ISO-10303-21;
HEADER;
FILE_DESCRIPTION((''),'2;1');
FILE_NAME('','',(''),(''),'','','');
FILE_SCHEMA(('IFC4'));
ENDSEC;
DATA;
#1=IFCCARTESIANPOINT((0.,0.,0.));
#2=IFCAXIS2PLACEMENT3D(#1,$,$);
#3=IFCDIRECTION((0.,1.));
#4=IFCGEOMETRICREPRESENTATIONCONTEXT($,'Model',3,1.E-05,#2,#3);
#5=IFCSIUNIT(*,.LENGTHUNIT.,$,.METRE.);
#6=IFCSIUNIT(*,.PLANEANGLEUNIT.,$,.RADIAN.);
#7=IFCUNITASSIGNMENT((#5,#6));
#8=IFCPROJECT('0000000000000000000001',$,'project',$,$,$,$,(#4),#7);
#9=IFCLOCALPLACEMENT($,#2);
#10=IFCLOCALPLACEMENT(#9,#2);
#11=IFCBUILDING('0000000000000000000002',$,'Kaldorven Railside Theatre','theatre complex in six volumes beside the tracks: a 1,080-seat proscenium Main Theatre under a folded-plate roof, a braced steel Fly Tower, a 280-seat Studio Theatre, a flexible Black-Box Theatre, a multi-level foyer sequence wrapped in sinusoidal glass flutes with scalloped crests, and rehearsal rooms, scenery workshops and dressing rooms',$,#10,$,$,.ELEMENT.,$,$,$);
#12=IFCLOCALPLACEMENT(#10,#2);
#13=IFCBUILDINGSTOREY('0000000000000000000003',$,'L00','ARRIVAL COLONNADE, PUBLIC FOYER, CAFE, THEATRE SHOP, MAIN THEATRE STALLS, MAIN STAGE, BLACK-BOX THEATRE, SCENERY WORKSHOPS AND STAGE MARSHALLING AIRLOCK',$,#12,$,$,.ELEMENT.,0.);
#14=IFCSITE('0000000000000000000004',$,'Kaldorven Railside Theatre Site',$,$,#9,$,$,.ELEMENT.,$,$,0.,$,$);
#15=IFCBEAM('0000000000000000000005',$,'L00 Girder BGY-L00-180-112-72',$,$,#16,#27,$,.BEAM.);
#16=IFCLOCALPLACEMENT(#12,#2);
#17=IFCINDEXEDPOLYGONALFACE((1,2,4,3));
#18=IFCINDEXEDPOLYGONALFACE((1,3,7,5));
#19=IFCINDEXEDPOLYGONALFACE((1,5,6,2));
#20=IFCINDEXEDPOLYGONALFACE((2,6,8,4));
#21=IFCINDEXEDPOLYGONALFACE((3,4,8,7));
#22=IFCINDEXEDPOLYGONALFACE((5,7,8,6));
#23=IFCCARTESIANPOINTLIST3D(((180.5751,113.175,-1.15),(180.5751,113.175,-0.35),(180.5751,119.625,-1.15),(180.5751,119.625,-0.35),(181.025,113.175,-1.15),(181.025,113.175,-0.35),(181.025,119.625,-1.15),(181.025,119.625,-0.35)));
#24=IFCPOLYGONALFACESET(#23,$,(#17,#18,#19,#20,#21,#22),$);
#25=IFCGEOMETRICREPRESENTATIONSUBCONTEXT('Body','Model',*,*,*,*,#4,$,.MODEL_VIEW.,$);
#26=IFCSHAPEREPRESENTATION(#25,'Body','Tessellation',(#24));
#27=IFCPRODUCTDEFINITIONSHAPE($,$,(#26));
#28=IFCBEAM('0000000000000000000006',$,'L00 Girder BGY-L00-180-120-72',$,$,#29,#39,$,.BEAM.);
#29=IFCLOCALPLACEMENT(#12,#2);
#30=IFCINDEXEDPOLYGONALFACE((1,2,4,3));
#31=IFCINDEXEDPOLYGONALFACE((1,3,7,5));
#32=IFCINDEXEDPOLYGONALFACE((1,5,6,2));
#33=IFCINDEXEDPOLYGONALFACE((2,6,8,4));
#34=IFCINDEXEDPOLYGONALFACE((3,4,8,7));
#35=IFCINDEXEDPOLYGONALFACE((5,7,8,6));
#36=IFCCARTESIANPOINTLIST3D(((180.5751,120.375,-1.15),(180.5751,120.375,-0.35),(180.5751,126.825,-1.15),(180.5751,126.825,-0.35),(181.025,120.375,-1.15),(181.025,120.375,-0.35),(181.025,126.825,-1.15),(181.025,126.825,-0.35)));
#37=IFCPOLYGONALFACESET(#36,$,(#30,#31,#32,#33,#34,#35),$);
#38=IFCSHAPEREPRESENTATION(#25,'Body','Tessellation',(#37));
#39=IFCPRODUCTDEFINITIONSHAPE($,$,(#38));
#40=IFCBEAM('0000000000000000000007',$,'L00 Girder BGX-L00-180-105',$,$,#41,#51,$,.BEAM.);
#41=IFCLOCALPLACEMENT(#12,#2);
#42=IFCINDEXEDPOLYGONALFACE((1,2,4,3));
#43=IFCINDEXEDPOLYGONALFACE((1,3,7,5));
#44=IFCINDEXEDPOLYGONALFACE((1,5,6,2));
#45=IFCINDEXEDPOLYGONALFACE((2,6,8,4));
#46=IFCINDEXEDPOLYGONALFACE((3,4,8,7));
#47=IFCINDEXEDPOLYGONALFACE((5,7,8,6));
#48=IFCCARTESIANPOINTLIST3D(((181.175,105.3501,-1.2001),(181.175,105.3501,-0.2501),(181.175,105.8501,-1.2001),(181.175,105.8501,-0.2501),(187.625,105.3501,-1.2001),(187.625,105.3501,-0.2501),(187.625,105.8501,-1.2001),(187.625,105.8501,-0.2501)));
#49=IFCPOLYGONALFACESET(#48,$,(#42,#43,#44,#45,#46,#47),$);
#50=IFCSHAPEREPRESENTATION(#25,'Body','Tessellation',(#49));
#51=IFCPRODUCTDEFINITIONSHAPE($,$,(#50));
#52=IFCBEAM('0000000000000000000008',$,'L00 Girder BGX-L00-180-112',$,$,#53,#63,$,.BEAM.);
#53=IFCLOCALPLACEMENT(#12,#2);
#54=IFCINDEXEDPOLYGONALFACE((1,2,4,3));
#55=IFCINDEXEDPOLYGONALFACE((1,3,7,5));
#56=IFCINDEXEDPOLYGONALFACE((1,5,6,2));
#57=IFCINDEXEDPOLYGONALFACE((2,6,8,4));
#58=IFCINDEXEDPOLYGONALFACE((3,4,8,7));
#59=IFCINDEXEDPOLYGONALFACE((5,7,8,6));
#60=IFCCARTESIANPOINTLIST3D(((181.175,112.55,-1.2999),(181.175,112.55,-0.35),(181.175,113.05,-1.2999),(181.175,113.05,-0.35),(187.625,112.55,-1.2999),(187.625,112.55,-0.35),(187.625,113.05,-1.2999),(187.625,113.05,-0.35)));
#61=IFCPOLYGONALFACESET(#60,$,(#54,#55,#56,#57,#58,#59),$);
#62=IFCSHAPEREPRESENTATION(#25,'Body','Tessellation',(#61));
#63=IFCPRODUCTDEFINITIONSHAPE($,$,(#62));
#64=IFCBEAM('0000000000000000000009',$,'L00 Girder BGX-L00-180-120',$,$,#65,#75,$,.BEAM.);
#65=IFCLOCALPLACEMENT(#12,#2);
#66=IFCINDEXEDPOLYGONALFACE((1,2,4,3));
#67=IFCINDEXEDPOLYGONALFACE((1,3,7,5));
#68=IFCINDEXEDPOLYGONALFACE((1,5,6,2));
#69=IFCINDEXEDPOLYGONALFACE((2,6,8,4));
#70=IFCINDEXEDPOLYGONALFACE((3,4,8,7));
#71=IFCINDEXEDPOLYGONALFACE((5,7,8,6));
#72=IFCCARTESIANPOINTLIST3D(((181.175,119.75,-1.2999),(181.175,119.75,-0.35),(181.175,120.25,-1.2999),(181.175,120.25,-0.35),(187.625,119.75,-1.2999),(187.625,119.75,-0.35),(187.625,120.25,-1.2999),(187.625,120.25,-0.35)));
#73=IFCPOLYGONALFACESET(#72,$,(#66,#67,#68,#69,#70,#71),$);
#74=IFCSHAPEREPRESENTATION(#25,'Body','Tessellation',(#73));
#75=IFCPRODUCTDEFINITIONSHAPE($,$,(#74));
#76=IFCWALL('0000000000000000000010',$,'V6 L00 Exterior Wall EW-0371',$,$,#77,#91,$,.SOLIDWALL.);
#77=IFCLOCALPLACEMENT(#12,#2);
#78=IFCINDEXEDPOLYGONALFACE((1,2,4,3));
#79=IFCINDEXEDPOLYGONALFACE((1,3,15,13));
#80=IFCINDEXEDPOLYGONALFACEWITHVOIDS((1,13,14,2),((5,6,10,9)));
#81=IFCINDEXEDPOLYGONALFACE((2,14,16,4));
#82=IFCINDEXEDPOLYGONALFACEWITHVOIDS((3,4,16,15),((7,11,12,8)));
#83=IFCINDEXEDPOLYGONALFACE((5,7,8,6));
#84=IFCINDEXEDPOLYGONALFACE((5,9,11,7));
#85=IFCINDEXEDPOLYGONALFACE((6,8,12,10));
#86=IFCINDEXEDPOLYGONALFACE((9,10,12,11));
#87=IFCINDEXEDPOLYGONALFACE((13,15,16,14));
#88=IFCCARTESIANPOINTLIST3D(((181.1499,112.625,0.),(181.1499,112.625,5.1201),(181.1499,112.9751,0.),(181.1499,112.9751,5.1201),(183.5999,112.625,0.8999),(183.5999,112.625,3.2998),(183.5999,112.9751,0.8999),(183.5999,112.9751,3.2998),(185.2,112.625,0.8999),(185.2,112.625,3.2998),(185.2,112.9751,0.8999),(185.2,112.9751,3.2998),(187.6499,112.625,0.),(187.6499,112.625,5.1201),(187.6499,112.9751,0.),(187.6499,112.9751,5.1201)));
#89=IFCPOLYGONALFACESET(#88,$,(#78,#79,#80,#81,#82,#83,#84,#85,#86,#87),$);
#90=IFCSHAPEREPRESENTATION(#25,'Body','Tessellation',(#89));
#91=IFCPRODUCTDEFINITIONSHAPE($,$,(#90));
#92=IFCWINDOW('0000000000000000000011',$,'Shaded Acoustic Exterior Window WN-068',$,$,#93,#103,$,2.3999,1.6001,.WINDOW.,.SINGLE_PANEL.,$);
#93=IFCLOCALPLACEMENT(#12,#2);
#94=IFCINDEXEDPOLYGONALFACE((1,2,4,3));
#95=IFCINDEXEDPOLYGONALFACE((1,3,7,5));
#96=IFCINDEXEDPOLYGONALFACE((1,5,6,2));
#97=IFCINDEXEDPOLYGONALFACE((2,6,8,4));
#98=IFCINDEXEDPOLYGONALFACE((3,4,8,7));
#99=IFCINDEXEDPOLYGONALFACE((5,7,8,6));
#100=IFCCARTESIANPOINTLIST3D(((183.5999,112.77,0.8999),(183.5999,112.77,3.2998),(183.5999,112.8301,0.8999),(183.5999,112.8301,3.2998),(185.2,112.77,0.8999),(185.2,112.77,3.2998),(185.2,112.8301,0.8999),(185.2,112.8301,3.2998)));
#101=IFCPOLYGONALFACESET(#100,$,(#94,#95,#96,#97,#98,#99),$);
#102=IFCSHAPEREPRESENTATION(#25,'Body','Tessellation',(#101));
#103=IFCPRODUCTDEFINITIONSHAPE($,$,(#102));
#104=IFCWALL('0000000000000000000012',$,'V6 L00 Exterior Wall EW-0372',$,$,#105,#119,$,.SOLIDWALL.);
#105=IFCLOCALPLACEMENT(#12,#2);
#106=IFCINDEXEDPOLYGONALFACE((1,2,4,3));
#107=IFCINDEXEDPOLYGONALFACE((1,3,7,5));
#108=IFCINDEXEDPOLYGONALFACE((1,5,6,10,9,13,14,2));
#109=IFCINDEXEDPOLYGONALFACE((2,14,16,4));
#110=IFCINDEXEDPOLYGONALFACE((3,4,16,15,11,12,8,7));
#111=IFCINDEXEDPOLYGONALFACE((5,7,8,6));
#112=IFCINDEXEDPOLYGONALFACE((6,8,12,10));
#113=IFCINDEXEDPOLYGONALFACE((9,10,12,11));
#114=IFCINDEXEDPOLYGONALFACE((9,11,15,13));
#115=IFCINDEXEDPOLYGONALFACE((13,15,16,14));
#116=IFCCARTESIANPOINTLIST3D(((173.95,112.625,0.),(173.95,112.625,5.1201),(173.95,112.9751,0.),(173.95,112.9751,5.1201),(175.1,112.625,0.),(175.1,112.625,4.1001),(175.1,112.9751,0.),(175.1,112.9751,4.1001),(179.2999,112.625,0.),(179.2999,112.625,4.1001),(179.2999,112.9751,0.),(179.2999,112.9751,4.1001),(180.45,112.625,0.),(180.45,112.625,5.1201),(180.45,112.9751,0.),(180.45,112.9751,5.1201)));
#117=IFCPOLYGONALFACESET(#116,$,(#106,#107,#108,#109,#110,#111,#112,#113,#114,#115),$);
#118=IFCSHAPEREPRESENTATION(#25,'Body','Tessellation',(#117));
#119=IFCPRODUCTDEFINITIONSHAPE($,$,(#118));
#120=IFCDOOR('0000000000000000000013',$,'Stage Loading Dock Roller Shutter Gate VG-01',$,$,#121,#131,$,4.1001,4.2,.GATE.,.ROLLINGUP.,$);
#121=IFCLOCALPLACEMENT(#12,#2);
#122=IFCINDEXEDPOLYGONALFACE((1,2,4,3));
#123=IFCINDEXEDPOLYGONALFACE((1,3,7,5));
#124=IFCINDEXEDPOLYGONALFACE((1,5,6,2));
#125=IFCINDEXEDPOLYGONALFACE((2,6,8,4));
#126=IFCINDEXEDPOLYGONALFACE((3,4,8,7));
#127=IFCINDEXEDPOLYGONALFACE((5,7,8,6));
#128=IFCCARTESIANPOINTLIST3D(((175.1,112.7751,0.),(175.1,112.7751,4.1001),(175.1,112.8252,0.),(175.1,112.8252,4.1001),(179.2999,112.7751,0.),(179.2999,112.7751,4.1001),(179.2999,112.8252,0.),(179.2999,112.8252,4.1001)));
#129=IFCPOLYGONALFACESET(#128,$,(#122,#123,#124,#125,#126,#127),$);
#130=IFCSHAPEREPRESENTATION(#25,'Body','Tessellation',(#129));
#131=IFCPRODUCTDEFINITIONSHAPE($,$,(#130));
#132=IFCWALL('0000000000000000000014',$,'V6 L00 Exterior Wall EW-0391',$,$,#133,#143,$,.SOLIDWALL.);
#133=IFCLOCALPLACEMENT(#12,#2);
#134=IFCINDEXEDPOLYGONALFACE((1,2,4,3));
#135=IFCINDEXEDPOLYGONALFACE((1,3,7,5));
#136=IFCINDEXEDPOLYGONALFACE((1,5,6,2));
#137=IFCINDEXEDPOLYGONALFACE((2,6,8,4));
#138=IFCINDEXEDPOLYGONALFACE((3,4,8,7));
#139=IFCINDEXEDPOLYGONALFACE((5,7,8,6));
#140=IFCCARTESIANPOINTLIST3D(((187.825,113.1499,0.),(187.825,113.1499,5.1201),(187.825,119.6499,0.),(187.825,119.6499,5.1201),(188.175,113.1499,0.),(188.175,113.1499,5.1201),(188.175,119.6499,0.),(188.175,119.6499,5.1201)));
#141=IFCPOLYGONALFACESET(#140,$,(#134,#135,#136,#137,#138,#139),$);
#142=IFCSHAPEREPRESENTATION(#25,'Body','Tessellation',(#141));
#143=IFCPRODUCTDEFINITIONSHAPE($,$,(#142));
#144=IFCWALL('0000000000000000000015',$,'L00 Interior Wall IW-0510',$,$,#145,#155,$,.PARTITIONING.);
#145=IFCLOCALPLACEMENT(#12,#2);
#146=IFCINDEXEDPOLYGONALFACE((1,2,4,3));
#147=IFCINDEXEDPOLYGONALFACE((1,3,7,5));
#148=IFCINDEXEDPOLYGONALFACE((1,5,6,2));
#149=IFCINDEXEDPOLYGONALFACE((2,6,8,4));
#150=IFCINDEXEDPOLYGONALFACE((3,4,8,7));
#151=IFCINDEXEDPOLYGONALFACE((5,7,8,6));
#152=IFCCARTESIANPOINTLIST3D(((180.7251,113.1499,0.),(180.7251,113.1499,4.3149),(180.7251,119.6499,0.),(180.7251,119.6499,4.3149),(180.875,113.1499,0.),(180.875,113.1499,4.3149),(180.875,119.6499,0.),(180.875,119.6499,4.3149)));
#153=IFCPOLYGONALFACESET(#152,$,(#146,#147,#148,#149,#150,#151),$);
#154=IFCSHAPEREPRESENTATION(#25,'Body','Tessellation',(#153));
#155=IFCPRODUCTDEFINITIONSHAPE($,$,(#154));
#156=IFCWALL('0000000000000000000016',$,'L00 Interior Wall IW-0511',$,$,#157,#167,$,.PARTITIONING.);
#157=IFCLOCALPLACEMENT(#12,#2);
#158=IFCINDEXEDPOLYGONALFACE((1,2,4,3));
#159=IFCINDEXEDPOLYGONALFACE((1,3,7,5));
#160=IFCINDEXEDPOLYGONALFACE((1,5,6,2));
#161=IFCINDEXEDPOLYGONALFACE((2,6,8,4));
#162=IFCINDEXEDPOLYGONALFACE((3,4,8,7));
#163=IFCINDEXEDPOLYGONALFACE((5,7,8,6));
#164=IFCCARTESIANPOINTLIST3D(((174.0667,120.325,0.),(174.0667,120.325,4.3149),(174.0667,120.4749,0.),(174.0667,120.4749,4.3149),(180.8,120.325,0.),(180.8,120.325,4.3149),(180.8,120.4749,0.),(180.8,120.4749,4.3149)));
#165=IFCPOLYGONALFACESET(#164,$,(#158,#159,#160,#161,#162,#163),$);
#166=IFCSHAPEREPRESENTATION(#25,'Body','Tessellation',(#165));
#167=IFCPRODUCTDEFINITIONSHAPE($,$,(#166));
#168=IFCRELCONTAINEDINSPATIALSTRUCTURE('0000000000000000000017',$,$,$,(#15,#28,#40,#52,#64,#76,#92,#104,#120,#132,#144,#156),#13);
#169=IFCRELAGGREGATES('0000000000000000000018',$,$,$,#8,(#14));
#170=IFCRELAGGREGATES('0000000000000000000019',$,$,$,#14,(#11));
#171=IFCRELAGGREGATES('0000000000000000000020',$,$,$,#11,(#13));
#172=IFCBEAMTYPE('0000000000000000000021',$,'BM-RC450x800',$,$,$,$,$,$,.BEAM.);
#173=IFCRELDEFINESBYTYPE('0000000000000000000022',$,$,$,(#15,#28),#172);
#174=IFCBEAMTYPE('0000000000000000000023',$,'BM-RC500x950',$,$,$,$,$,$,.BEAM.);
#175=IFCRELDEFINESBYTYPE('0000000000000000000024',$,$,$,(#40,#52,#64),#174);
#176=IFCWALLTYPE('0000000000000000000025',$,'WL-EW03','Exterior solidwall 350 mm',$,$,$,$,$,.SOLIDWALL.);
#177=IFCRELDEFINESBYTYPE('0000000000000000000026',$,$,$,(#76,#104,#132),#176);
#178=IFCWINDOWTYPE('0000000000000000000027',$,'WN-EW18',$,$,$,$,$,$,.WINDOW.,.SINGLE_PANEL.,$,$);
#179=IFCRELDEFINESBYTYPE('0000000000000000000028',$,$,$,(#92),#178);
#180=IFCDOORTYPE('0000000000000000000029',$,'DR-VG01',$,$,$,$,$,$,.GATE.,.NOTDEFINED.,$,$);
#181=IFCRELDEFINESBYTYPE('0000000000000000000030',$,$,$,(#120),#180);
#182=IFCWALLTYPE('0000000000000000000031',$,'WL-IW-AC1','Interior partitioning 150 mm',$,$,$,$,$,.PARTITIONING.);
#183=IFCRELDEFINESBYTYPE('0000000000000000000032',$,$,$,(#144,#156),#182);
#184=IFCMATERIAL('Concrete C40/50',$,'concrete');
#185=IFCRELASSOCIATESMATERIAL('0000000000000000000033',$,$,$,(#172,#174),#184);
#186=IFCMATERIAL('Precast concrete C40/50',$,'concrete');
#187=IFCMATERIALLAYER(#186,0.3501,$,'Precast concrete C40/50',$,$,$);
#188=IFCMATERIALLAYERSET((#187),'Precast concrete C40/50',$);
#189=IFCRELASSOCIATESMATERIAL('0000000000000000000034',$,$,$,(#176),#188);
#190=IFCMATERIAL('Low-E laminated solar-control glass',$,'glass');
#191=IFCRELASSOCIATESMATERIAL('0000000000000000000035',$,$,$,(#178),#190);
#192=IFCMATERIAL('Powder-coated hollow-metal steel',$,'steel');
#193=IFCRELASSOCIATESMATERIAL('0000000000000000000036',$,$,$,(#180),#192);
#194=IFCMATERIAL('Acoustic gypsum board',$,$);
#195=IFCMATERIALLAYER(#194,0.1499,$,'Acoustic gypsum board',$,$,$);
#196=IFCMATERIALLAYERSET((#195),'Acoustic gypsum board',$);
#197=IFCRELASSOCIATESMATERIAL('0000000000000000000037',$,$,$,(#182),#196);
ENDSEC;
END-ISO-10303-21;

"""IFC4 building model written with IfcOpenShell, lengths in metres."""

from ifc_helpers import new_model, si_unit, direction, frame, frame_2d, origin, origin_2d, place, context, subcontext, project, spatial, rectangle, extrude, material, layer, layer_set, material_profile, profile_set, type_object, element, fill, save


model = new_model("IFC4")

# Units and contexts
model_context = context("Model", 3, precision=1e-05, world=origin(), true_north=direction((0.0, 1.0)))
body_context = subcontext(model_context, "Body", "Model", "MODEL_VIEW")
ifc_project = project(units=[si_unit("LENGTHUNIT", "METRE"), si_unit("PLANEANGLEUNIT", "RADIAN")], contexts=[model_context])

# Site, building, storey
site_placement = place(None, origin())
site = spatial("IfcSite", under=ifc_project, at=site_placement, Name="Kaldorven Railside Theatre Site", CompositionType="ELEMENT", RefElevation=0.0)
building_placement = place(site_placement, origin())
building = spatial("IfcBuilding", under=site, at=building_placement, Name="Kaldorven Railside Theatre", Description="theatre complex in six volumes beside the tracks: a 1,080-seat proscenium Main Theatre under a folded-plate roof, a braced steel Fly Tower, a 280-seat Studio Theatre, a flexible Black-Box Theatre, a multi-level foyer sequence wrapped in sinusoidal glass flutes with scalloped crests, and rehearsal rooms, scenery workshops and dressing rooms", CompositionType="ELEMENT")
storey_placement = place(building_placement, origin())
storey = spatial("IfcBuildingStorey", under=building, at=storey_placement, Name="L00", Description="ARRIVAL COLONNADE, PUBLIC FOYER, CAFE, THEATRE SHOP, MAIN THEATRE STALLS, MAIN STAGE, BLACK-BOX THEATRE, SCENERY WORKSHOPS AND STAGE MARSHALLING AIRLOCK", CompositionType="ELEMENT", Elevation=0.0)

# Shared definitions
ifc_material_1 = material(Name="Concrete C40/50", Category="concrete")

# Beams
ifc_material_profile_1 = material_profile(ifc_material_1, rectangle(XDim=0.45, YDim=0.8, at=origin_2d()), Name="RC 450x800")
ifc_profile_set_1 = profile_set([ifc_material_profile_1], Name="Concrete C40/50")
beam_type_1 = type_object("IfcBeamType", Name="BM-RC450x800", PredefinedType="BEAM", material=ifc_profile_set_1)
for number, where, z_axis, x_axis, name in (
    (1, (180.8, 113.175, -0.75), (0.0, 1.0, 0.0), (-1.0, 0.0, 0.0), "L00 Girder BGY-L00-180-112-72"),
    (2, (180.8, 120.375, -0.75), (0.0, 1.0, 0.0), (-1.0, 0.0, 0.0), "L00 Girder BGY-L00-180-120-72"),
):
    element("IfcBeam", number, at=place(storey_placement, frame(where, z_axis=z_axis, x_axis=x_axis)), inside=storey, type_object=beam_type_1, Name=name, PredefinedType="BEAM", context=body_context, shape_type="SweptSolid", body=[
        extrude(rectangle(XDim=0.45, YDim=0.8, at=origin_2d()), origin(), (0.0, 0.0, 1.0), 6.45),
    ])
ifc_material_profile_2 = material_profile(ifc_material_1, rectangle(XDim=0.5, YDim=0.95, at=origin_2d()), Name="RC 500x950")
ifc_profile_set_2 = profile_set([ifc_material_profile_2], Name="Concrete C40/50")
beam_type_2 = type_object("IfcBeamType", Name="BM-RC500x950", PredefinedType="BEAM", material=ifc_profile_set_2)
for number, where, z_axis, x_axis, name in (
    (3, (181.175, 105.6001, -0.7251), (1.0, 0.0, 0.0), (0.0, 1.0, 0.0), "L00 Girder BGX-L00-180-105"),
    (4, (181.175, 112.8, -0.825), (1.0, 0.0, 0.0), (0.0, 1.0, 0.0), "L00 Girder BGX-L00-180-112"),
    (5, (181.175, 120.0, -0.825), (1.0, 0.0, 0.0), (0.0, 1.0, 0.0), "L00 Girder BGX-L00-180-120"),
):
    element("IfcBeam", number, at=place(storey_placement, frame(where, z_axis=z_axis, x_axis=x_axis)), inside=storey, type_object=beam_type_2, Name=name, PredefinedType="BEAM", context=body_context, shape_type="SweptSolid", body=[
        extrude(rectangle(XDim=0.5, YDim=0.95, at=origin_2d()), origin(), (0.0, 0.0, 1.0), 6.45),
    ])

# Wall, opening, window
ifc_material_2 = material(Name="Precast concrete C40/50", Category="concrete")
ifc_layer_1 = layer(ifc_material_2, 0.3501, Name="Precast concrete C40/50")
ifc_layer_set_1 = layer_set([ifc_layer_1], Name="Precast concrete C40/50")
wall_type_1 = type_object("IfcWallType", Name="WL-EW03", Description="Exterior solidwall 350 mm", PredefinedType="SOLIDWALL", material=ifc_layer_set_1)
wall_1_placement = place(storey_placement, frame((187.6499, 112.8, 0.0), z_axis=(0.0, 0.0, 1.0), x_axis=(-1.0, 0.0, 0.0)))
wall_1 = element("IfcWall", 6, at=wall_1_placement, inside=storey, type_object=wall_type_1, Name="V6 L00 Exterior Wall EW-0371", PredefinedType="SOLIDWALL", context=body_context, shape_type="SweptSolid", body=[
    extrude(rectangle(XDim=6.5, YDim=0.3501, at=frame_2d((3.25, 0.0))), origin(), (0.0, 0.0, 1.0), 5.1201),
])
opening_1_placement = place(wall_1_placement, frame((2.45, 0.0, 0.8999)))
opening_1 = element("IfcOpeningElement", 7, at=opening_1_placement, cuts=wall_1, PredefinedType="OPENING", context=body_context, shape_type="SweptSolid", body=[
    extrude(rectangle(XDim=1.6001, YDim=2.3999, at=frame_2d((0.8, 1.2))), frame((0.0, 0.1851, 0.0), z_axis=(0.0, -1.0, 0.0), x_axis=(1.0, 0.0, 0.0)), (0.0, 0.0, 1.0), 0.3701),
])
ifc_material_3 = material(Name="Low-E laminated solar-control glass", Category="glass")
window_type = type_object("IfcWindowType", Name="WN-EW18", PartitioningType="SINGLE_PANEL", PredefinedType="WINDOW", material=ifc_material_3)
window_placement = place(opening_1_placement, origin())
window = element("IfcWindow", 8, at=window_placement, inside=storey, type_object=window_type, Name="Shaded Acoustic Exterior Window WN-068", OverallHeight=2.3999, OverallWidth=1.6001, PartitioningType="SINGLE_PANEL", PredefinedType="WINDOW", context=body_context, shape_type="SweptSolid", body=[
    extrude(rectangle(XDim=1.6001, YDim=2.3999, at=frame_2d((0.8, 1.2))), frame((0.0, 0.03, 0.0), z_axis=(0.0, -1.0, 0.0), x_axis=(1.0, 0.0, 0.0)), (0.0, 0.0, 1.0), 0.0601),
])
fill(opening_1, window)

# Wall, opening, door
wall_2_placement = place(storey_placement, frame((180.45, 112.8, 0.0), z_axis=(0.0, 0.0, 1.0), x_axis=(-1.0, 0.0, 0.0)))
wall_2 = element("IfcWall", 9, at=wall_2_placement, inside=storey, type_object=wall_type_1, Name="V6 L00 Exterior Wall EW-0372", PredefinedType="SOLIDWALL", context=body_context, shape_type="SweptSolid", body=[
    extrude(rectangle(XDim=6.5, YDim=0.3501, at=frame_2d((3.25, 0.0))), origin(), (0.0, 0.0, 1.0), 5.1201),
])
opening_2_placement = place(wall_2_placement, frame((1.1499, 0.0, 0.0)))
opening_2 = element("IfcOpeningElement", 10, at=opening_2_placement, cuts=wall_2, PredefinedType="OPENING", context=body_context, shape_type="SweptSolid", body=[
    extrude(rectangle(XDim=4.2, YDim=4.1001, at=frame_2d((2.1001, 2.05))), frame((0.0, 0.1851, 0.0), z_axis=(0.0, -1.0, 0.0), x_axis=(1.0, 0.0, 0.0)), (0.0, 0.0, 1.0), 0.3701),
])
ifc_material_4 = material(Name="Powder-coated hollow-metal steel", Category="steel")
door_type_1 = type_object("IfcDoorType", Name="DR-VG01", OperationType="NOTDEFINED", PredefinedType="GATE", material=ifc_material_4)
door_1_placement = place(opening_2_placement, origin())
door_1 = element("IfcDoor", 11, at=door_1_placement, inside=storey, type_object=door_type_1, Name="Stage Loading Dock Roller Shutter Gate VG-01", OperationType="ROLLINGUP", OverallHeight=4.1001, OverallWidth=4.2, PredefinedType="GATE", context=body_context, shape_type="SweptSolid", body=[
    extrude(rectangle(XDim=4.2, YDim=4.1001, at=frame_2d((2.1001, 2.05))), frame((0.0, 0.0249, 0.0), z_axis=(0.0, -1.0, 0.0), x_axis=(1.0, 0.0, 0.0)), (0.0, 0.0, 1.0), 0.05),
])
fill(opening_2, door_1)

# Walls
wall_3_placement = place(storey_placement, frame((188.0, 119.6499, 0.0), z_axis=(0.0, 0.0, 1.0), x_axis=(0.0, -1.0, 0.0)))
element("IfcWall", 12, at=wall_3_placement, inside=storey, type_object=wall_type_1, Name="V6 L00 Exterior Wall EW-0391", PredefinedType="SOLIDWALL", context=body_context, shape_type="SweptSolid", body=[
    extrude(rectangle(XDim=6.5, YDim=0.3501, at=frame_2d((3.25, 0.0))), origin(), (0.0, 0.0, 1.0), 5.1201),
])
ifc_material_5 = material(Name="Acoustic gypsum board")
ifc_layer_2 = layer(ifc_material_5, 0.1499, Name="Acoustic gypsum board")
ifc_layer_set_2 = layer_set([ifc_layer_2], Name="Acoustic gypsum board")
wall_type_2 = type_object("IfcWallType", Name="WL-IW-AC1", Description="Interior partitioning 150 mm", PredefinedType="PARTITIONING", material=ifc_layer_set_2)
wall_4_placement = place(storey_placement, frame((180.8, 113.1499, 0.0), z_axis=(0.0, 0.0, 1.0), x_axis=(0.0, 1.0, 0.0)))
element("IfcWall", 13, at=wall_4_placement, inside=storey, type_object=wall_type_2, Name="L00 Interior Wall IW-0510", PredefinedType="PARTITIONING", context=body_context, shape_type="SweptSolid", body=[
    extrude(rectangle(XDim=6.5, YDim=0.1499, at=frame_2d((3.25, 0.0))), origin(), (0.0, 0.0, 1.0), 4.3149),
])
wall_5_placement = place(storey_placement, frame((180.8, 120.3999, 0.0), z_axis=(0.0, 0.0, 1.0), x_axis=(-1.0, 0.0, 0.0)))
element("IfcWall", 14, at=wall_5_placement, inside=storey, type_object=wall_type_2, Name="L00 Interior Wall IW-0511", PredefinedType="PARTITIONING", context=body_context, shape_type="SweptSolid", body=[
    extrude(rectangle(XDim=6.7334, YDim=0.1499, at=frame_2d((3.3667, 0.0))), origin(), (0.0, 0.0, 1.0), 4.3149),
])

save(model, "model.ifc")
